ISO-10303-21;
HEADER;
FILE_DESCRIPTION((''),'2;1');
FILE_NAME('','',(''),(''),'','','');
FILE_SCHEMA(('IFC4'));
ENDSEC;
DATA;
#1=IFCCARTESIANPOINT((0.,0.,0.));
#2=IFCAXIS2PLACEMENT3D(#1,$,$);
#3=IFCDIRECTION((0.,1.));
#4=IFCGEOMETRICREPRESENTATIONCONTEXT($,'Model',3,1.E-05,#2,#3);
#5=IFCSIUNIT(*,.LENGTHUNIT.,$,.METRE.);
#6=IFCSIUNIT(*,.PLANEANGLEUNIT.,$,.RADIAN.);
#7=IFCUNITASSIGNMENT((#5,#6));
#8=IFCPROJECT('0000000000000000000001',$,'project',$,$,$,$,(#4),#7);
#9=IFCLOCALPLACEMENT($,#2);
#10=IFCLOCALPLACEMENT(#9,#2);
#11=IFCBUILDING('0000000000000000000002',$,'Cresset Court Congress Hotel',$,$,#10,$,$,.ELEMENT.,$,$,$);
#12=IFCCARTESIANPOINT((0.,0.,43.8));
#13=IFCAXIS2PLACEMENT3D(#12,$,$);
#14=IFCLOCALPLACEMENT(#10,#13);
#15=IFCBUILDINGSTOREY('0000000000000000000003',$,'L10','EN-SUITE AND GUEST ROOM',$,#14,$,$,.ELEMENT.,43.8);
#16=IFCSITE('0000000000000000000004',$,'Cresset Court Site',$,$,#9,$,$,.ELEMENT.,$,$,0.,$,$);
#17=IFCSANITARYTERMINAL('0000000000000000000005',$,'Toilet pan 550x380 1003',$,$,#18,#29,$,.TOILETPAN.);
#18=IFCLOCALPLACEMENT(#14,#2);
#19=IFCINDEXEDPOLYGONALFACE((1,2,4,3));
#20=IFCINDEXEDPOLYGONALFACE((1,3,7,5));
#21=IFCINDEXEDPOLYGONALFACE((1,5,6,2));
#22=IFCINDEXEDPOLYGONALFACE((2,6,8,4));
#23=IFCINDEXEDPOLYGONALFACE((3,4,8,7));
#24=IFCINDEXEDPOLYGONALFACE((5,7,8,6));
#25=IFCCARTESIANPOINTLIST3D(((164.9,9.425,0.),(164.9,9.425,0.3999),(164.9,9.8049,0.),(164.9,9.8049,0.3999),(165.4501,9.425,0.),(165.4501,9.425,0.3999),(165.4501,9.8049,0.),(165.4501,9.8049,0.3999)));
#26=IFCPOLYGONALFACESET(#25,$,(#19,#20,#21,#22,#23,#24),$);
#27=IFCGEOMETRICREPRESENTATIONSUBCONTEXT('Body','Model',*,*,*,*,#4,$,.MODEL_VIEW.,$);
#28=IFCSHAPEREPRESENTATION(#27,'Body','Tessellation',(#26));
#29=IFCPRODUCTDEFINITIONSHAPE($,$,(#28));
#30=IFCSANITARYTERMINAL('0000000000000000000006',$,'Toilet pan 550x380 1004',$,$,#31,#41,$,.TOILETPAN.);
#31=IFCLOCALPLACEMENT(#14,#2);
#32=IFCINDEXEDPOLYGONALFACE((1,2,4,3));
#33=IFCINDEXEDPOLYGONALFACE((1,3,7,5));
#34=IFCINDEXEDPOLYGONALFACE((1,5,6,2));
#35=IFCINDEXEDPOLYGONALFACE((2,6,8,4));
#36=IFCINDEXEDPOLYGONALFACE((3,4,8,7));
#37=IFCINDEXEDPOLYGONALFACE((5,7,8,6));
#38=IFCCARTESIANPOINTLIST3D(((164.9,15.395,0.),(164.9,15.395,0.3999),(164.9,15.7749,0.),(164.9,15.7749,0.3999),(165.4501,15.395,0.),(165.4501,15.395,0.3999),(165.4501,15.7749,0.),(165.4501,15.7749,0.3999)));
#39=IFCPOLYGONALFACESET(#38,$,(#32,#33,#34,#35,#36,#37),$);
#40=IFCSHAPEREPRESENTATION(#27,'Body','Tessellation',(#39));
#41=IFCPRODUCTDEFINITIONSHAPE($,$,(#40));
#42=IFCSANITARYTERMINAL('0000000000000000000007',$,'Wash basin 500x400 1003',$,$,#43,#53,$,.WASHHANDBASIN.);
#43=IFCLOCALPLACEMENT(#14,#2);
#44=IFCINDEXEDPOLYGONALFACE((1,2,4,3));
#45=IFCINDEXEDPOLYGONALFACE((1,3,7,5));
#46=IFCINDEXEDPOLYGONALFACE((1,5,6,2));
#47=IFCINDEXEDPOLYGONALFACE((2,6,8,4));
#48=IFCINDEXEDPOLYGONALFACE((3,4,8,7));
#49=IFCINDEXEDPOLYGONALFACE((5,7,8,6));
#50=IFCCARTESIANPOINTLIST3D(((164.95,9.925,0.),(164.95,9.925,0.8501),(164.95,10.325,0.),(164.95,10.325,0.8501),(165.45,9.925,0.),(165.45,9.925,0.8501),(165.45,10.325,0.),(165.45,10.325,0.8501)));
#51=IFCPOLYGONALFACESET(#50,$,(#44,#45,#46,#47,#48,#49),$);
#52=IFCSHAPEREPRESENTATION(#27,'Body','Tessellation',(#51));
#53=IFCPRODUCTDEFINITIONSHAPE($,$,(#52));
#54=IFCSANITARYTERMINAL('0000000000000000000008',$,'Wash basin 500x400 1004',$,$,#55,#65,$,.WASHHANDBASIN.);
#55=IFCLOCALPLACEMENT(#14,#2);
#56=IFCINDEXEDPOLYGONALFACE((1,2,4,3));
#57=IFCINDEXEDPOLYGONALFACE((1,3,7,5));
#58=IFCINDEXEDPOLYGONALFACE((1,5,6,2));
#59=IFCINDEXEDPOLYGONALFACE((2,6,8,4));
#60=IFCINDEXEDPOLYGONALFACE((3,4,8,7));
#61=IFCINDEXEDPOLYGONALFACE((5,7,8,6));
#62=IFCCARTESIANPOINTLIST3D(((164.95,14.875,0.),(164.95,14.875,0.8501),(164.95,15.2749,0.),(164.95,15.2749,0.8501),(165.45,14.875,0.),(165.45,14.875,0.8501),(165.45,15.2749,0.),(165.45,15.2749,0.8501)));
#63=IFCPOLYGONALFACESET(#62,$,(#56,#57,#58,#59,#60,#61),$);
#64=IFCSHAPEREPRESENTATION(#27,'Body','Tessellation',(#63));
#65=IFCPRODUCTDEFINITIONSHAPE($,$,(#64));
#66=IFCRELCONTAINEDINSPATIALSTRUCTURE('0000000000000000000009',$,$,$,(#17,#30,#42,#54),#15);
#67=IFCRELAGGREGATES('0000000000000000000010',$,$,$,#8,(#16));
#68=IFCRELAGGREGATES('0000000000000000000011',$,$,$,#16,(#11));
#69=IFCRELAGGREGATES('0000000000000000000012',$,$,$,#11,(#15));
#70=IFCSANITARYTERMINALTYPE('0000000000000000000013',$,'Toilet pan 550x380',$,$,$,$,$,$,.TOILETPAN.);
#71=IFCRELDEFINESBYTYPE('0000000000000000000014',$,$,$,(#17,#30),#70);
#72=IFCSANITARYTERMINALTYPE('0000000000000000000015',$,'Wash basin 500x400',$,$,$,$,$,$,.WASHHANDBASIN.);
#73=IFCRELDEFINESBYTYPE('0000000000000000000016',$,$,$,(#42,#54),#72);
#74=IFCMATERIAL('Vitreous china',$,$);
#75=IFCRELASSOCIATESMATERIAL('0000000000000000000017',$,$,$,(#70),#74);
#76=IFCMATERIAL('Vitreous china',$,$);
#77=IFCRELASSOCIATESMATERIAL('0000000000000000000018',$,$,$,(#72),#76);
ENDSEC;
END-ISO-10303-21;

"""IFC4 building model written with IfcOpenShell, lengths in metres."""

from ifc_helpers import new_model, si_unit, direction, frame, origin, origin_2d, place, context, subcontext, project, spatial, rectangle, extrude, material, type_object, element, save


model = new_model("IFC4")

# Units and contexts
model_context = context("Model", 3, precision=1e-05, world=origin(), true_north=direction((0.0, 1.0)))
body_context = subcontext(model_context, "Body", "Model", "MODEL_VIEW")
ifc_project = project(units=[si_unit("LENGTHUNIT", "METRE"), si_unit("PLANEANGLEUNIT", "RADIAN")], contexts=[model_context])

# Site, building, storey
site_placement = place(None, origin())
site = spatial("IfcSite", under=ifc_project, at=site_placement, Name="Cresset Court Site", CompositionType="ELEMENT", RefElevation=0.0)
building_placement = place(site_placement, origin())
building = spatial("IfcBuilding", under=site, at=building_placement, Name="Cresset Court Congress Hotel", CompositionType="ELEMENT")
storey_placement = place(building_placement, frame((0.0, 0.0, 43.8)))
storey = spatial("IfcBuildingStorey", under=building, at=storey_placement, Name="L10", Description="EN-SUITE AND GUEST ROOM", CompositionType="ELEMENT", Elevation=43.8)

# Sanitary terminals
ifc_material_1 = material(Name="Vitreous china")
sanitary_terminal_type_1 = type_object("IfcSanitaryTerminalType", Name="Toilet pan 550x380", PredefinedType="TOILETPAN", material=ifc_material_1)
for number, where, z_axis, x_axis, name in (
    (1, (165.175, 9.615, 0.0), (0.0, 0.0, 1.0), (1.0, 0.0, 0.0), "Toilet pan 550x380 1003"),
    (2, (165.175, 15.585, 0.0), (0.0, 0.0, 1.0), (1.0, 0.0, 0.0), "Toilet pan 550x380 1004"),
):
    element("IfcSanitaryTerminal", number, at=place(storey_placement, frame(where, z_axis=z_axis, x_axis=x_axis)), inside=storey, type_object=sanitary_terminal_type_1, Name=name, PredefinedType="TOILETPAN", context=body_context, shape_type="SweptSolid", body=[
        extrude(rectangle(XDim=0.55, YDim=0.3799, at=origin_2d()), origin(), (0.0, 0.0, 1.0), 0.3999),
    ])
ifc_material_2 = material(Name="Vitreous china")
sanitary_terminal_type_2 = type_object("IfcSanitaryTerminalType", Name="Wash basin 500x400", PredefinedType="WASHHANDBASIN", material=ifc_material_2)
for number, where, z_axis, x_axis, name in (
    (3, (165.2, 10.125, 0.0), (0.0, 0.0, 1.0), (1.0, 0.0, 0.0), "Wash basin 500x400 1003"),
    (4, (165.2, 15.075, 0.0), (0.0, 0.0, 1.0), (1.0, 0.0, 0.0), "Wash basin 500x400 1004"),
):
    element("IfcSanitaryTerminal", number, at=place(storey_placement, frame(where, z_axis=z_axis, x_axis=x_axis)), inside=storey, type_object=sanitary_terminal_type_2, Name=name, PredefinedType="WASHHANDBASIN", context=body_context, shape_type="SweptSolid", body=[
        extrude(rectangle(XDim=0.5, YDim=0.3999, at=origin_2d()), origin(), (0.0, 0.0, 1.0), 0.8501),
    ])

save(model, "model.ifc")
